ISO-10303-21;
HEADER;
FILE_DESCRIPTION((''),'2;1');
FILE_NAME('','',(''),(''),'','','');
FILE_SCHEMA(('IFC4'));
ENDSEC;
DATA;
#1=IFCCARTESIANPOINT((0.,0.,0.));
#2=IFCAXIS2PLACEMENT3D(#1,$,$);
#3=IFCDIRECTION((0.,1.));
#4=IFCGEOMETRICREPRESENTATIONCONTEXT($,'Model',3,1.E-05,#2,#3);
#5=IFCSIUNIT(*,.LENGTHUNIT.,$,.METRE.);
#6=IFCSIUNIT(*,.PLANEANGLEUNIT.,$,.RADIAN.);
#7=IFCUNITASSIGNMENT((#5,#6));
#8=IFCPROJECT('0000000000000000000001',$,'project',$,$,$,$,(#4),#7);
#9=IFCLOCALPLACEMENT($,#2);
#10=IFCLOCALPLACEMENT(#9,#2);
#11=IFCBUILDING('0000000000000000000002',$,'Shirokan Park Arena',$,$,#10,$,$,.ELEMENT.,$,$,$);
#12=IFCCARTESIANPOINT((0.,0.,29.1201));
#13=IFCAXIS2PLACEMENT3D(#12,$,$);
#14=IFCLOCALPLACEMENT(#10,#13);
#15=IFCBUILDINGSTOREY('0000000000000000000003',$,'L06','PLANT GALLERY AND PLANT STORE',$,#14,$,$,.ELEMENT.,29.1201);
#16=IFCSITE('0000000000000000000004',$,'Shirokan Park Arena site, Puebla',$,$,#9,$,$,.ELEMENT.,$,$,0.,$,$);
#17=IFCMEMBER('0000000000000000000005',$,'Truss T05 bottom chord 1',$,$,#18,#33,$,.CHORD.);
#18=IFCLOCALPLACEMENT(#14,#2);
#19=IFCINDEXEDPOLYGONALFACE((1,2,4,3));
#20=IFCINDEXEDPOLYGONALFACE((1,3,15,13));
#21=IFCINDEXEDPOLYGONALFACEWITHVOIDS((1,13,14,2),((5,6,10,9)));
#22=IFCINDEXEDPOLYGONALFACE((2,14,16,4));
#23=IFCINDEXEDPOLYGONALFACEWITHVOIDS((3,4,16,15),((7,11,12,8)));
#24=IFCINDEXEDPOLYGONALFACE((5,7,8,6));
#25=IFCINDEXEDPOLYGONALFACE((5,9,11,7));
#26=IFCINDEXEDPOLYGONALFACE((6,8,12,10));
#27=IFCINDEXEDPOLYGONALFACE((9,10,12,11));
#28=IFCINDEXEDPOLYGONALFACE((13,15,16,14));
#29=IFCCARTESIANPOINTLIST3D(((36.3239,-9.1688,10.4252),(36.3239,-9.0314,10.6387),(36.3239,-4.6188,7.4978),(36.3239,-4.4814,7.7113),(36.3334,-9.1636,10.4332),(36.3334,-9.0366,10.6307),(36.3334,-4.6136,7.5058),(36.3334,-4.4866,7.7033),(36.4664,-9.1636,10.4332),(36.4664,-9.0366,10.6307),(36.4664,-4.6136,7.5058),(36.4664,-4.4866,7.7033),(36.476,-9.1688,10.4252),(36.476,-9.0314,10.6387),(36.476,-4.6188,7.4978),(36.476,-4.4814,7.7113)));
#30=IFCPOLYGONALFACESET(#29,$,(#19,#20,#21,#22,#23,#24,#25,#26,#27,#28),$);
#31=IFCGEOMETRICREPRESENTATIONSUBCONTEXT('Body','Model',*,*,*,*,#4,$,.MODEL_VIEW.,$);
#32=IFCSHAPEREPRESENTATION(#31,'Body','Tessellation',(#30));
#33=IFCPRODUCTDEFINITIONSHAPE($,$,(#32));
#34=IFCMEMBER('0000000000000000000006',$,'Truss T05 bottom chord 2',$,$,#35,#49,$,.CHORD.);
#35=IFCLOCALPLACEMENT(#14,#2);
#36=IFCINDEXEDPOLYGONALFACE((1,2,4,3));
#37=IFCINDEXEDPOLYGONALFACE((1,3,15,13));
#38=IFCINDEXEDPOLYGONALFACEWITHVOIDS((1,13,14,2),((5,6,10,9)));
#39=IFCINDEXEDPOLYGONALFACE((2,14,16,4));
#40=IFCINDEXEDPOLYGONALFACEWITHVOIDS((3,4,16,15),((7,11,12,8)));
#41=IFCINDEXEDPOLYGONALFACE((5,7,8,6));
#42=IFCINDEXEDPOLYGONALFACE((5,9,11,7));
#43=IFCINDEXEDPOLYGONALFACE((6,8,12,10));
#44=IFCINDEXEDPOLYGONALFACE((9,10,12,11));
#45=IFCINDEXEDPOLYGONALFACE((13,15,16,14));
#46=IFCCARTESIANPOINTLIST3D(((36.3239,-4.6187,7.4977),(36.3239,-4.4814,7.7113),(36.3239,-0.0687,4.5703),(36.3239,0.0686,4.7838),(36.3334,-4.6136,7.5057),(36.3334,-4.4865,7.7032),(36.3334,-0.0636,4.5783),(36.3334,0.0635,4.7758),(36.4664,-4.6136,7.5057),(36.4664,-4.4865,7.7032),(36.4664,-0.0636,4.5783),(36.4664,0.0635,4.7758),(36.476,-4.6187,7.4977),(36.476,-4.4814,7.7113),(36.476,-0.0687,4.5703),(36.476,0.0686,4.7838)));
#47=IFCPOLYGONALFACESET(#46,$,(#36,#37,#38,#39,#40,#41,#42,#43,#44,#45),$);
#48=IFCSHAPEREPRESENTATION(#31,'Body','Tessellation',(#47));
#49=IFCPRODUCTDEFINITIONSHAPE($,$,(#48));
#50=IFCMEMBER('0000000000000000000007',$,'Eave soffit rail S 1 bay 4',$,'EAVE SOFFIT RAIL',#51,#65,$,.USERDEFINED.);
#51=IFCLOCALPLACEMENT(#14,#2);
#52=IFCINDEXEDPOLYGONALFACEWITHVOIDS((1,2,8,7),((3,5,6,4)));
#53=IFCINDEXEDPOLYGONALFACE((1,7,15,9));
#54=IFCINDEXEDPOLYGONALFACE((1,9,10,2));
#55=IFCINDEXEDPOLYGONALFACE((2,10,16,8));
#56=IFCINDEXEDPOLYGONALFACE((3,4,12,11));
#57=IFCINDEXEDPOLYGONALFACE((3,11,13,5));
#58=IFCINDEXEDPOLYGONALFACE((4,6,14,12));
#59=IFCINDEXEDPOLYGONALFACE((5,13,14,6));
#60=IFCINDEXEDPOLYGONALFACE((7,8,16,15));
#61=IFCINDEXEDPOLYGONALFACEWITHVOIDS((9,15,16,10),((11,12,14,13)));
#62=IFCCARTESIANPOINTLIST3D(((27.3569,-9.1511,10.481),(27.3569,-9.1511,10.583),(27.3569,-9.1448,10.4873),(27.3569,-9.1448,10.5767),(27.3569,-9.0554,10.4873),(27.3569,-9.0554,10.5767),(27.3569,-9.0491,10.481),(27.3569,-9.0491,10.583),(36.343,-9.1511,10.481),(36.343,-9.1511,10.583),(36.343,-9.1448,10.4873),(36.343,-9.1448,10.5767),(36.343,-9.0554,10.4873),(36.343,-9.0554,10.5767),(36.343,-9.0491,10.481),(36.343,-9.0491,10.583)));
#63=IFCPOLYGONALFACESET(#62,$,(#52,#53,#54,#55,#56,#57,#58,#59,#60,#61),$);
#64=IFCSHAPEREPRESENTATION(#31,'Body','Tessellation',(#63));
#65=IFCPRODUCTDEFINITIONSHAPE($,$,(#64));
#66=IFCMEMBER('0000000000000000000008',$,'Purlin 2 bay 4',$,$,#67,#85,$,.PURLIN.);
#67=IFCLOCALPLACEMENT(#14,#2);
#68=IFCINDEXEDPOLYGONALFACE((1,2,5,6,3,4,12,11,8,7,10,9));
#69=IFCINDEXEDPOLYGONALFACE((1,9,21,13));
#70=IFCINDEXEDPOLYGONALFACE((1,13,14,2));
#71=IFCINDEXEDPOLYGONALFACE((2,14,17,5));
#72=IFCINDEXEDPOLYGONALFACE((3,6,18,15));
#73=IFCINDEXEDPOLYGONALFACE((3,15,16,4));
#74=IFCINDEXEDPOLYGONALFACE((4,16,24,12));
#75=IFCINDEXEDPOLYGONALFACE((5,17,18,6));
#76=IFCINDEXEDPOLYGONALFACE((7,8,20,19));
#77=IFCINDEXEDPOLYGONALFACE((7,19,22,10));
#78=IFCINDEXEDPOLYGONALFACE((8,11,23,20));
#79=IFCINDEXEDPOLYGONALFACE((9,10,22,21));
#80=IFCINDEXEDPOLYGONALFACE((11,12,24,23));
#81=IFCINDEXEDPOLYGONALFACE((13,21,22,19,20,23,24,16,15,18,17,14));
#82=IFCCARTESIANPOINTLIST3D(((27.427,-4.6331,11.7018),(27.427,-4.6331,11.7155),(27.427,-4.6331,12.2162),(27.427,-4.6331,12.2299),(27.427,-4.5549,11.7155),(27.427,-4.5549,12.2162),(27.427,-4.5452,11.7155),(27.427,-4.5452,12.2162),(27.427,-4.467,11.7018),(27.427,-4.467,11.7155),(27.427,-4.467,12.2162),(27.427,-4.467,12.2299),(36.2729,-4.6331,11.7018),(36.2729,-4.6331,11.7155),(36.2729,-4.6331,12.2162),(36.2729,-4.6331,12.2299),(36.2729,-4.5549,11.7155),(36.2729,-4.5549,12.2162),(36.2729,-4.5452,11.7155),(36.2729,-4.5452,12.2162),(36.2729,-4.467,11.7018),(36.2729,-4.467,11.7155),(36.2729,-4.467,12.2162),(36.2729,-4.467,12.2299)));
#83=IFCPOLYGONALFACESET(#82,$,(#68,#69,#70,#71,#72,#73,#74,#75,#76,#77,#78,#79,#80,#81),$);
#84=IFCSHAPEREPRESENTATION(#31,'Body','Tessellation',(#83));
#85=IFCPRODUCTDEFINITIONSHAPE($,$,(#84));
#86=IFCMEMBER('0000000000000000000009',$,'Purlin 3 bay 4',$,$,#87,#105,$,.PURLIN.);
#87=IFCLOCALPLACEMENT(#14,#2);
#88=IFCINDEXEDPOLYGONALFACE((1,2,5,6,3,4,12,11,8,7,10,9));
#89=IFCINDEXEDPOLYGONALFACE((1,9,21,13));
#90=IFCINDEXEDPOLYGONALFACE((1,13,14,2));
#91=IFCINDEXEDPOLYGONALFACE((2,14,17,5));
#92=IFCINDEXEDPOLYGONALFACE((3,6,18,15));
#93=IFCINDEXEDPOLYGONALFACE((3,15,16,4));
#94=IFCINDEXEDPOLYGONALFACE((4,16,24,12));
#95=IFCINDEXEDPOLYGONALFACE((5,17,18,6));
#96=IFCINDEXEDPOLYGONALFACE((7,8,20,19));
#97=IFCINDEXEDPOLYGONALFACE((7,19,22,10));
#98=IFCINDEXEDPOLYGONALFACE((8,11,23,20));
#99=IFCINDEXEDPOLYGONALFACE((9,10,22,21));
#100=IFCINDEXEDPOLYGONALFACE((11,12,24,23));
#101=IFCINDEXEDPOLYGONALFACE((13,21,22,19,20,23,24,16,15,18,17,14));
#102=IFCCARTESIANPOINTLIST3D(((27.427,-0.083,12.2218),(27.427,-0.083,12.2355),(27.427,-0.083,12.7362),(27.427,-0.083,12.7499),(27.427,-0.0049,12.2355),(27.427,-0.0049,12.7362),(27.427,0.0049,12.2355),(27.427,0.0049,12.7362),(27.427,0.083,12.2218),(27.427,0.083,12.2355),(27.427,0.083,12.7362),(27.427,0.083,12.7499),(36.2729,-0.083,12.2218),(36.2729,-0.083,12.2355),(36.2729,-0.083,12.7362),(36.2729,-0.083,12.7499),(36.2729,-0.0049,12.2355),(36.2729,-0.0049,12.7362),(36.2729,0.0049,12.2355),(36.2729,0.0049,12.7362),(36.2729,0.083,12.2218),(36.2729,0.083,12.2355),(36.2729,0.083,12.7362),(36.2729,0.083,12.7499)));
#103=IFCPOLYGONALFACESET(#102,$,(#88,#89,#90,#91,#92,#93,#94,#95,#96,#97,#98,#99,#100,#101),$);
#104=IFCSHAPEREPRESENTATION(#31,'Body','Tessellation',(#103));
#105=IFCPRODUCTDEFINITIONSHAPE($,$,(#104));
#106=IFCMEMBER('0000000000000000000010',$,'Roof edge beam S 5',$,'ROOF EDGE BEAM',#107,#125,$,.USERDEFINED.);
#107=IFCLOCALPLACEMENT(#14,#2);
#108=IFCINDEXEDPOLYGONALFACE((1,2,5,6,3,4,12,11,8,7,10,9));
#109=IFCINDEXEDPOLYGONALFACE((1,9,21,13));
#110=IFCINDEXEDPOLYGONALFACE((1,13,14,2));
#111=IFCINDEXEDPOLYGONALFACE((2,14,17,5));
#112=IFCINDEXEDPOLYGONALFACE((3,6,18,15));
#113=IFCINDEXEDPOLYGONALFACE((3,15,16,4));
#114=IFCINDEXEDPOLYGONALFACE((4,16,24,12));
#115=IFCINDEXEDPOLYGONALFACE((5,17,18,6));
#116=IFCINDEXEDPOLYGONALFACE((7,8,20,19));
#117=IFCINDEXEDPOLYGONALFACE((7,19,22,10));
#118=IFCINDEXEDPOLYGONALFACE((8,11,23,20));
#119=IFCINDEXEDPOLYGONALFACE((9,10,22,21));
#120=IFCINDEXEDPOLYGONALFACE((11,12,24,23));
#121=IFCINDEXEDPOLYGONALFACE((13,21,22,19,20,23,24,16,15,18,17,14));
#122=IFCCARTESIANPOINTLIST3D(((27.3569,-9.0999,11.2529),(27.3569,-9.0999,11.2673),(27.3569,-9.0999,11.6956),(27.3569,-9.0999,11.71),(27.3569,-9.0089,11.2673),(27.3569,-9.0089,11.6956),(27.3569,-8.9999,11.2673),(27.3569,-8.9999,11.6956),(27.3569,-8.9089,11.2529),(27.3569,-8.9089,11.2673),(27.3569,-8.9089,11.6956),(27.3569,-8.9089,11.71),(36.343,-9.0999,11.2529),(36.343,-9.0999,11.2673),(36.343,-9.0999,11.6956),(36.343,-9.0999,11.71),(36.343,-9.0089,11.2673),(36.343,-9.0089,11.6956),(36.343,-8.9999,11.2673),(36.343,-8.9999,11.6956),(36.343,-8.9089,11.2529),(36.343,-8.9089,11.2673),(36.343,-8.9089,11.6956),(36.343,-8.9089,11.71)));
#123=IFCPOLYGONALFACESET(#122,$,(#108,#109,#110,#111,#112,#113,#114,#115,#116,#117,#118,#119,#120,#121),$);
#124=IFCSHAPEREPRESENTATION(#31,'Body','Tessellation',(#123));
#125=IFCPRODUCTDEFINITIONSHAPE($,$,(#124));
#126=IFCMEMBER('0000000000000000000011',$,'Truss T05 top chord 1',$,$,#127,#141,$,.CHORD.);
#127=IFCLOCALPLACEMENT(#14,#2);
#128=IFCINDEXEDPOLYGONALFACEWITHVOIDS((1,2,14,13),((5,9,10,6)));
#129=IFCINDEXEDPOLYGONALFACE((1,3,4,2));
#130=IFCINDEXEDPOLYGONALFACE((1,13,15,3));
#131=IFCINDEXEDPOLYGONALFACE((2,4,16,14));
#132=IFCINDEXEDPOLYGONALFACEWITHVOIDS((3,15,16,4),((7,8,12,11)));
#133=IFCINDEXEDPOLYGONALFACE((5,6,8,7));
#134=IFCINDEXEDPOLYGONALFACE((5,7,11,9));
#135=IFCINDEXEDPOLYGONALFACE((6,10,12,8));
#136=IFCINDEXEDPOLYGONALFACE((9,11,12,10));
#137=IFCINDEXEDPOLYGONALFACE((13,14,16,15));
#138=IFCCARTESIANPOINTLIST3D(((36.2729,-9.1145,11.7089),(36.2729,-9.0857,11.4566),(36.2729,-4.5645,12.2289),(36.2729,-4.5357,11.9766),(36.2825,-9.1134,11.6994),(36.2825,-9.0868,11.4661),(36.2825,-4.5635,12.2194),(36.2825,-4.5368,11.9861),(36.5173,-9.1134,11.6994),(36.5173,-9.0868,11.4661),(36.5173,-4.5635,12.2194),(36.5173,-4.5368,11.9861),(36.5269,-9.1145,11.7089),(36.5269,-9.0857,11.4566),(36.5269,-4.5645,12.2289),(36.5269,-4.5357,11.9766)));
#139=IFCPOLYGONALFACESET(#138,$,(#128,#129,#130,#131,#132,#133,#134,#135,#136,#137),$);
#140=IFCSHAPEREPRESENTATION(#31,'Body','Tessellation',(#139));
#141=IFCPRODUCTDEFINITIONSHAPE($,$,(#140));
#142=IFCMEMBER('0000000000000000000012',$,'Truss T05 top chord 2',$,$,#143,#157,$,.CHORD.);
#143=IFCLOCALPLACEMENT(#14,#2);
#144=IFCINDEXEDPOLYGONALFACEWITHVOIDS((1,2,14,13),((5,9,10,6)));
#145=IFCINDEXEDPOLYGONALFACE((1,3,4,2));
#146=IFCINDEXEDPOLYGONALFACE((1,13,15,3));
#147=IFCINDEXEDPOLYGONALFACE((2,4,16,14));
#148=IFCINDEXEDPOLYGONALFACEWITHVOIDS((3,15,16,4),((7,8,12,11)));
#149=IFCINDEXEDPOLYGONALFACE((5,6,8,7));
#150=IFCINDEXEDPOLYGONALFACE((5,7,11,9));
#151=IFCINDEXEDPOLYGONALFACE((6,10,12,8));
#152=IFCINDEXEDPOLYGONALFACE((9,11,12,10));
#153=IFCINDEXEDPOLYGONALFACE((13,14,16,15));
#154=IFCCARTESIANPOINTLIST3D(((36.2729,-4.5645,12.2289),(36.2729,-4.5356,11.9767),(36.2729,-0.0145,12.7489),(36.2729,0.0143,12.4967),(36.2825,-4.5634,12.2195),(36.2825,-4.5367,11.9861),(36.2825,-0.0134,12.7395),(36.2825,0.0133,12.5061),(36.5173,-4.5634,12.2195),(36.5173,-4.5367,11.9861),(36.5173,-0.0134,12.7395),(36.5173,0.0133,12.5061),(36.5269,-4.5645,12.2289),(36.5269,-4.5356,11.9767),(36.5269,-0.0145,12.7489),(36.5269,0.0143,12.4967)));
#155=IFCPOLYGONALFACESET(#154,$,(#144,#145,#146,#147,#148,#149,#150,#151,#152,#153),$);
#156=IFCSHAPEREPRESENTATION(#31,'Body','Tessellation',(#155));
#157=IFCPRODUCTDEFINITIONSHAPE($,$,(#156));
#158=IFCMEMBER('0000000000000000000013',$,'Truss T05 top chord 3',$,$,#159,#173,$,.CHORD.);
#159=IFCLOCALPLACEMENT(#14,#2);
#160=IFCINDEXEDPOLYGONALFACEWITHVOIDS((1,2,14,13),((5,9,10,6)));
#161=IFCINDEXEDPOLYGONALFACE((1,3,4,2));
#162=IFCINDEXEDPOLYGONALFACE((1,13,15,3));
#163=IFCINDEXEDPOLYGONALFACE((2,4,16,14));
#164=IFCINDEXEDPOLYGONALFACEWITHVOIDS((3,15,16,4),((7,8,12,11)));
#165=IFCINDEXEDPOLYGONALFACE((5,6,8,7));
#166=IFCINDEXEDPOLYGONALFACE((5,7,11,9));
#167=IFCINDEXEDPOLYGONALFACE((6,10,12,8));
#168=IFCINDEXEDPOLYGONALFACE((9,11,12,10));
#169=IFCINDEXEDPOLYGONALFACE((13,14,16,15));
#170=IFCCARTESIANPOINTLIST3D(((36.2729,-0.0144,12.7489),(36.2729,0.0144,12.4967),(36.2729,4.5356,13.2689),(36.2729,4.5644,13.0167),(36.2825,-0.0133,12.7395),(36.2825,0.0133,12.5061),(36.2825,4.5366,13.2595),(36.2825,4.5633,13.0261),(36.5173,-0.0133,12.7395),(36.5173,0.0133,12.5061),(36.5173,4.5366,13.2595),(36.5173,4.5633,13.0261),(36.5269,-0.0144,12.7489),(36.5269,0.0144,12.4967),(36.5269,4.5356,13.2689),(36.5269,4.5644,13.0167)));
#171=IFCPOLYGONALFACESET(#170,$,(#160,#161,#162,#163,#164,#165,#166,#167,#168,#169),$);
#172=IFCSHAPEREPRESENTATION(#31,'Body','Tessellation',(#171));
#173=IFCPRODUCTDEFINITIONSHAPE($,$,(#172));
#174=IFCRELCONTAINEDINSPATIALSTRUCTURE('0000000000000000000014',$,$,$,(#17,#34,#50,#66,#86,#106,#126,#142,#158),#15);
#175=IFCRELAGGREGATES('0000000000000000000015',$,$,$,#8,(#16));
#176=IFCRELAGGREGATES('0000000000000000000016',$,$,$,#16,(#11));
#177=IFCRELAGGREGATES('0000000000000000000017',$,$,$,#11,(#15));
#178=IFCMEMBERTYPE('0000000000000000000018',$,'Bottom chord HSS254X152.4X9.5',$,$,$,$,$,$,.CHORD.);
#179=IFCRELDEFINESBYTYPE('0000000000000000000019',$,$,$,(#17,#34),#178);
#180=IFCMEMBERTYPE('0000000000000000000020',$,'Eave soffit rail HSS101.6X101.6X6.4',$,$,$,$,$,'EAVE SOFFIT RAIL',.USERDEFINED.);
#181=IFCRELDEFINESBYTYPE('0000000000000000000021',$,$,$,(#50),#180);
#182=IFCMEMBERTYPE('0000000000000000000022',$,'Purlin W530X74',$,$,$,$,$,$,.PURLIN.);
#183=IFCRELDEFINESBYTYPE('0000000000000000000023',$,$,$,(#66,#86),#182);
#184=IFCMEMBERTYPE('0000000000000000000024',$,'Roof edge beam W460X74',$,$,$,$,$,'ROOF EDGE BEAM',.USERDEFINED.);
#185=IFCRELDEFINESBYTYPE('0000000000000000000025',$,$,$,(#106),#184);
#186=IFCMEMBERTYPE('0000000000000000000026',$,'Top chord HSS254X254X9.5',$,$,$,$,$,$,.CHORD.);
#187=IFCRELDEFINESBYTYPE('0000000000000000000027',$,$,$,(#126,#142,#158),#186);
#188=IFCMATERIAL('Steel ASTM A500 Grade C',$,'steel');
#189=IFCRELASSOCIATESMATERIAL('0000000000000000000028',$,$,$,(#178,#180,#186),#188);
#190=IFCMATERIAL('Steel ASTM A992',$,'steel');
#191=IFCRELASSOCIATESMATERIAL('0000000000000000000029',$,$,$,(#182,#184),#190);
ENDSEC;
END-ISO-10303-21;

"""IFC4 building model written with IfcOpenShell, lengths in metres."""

from ifc_helpers import new_model, si_unit, direction, frame, origin, origin_2d, place, context, subcontext, project, spatial, hollow_rectangle, i_section, extrude, material, material_profile, profile_set, type_object, element, save


model = new_model("IFC4")

# Units and contexts
model_context = context("Model", 3, precision=1e-05, world=origin(), true_north=direction((0.0, 1.0)))
body_context = subcontext(model_context, "Body", "Model", "MODEL_VIEW")
ifc_project = project(units=[si_unit("LENGTHUNIT", "METRE"), si_unit("PLANEANGLEUNIT", "RADIAN")], contexts=[model_context])

# Site, building, storey
site_placement = place(None, origin())
site = spatial("IfcSite", under=ifc_project, at=site_placement, Name="Shirokan Park Arena site, Puebla", CompositionType="ELEMENT", RefElevation=0.0)
building_placement = place(site_placement, origin())
building = spatial("IfcBuilding", under=site, at=building_placement, Name="Shirokan Park Arena", CompositionType="ELEMENT")
storey_placement = place(building_placement, frame((0.0, 0.0, 29.1201)))
storey = spatial("IfcBuildingStorey", under=building, at=storey_placement, Name="L06", Description="PLANT GALLERY AND PLANT STORE", CompositionType="ELEMENT", Elevation=29.1201)

# Members
ifc_material_1 = material(Name="Steel ASTM A500 Grade C", Category="steel")
ifc_material_profile_1 = material_profile(ifc_material_1, hollow_rectangle(XDim=0.1521, YDim=0.2539, WallThickness=0.0095, at=origin_2d()), Name="HSS254X152.4X9.5")
ifc_profile_set_1 = profile_set([ifc_material_profile_1], Name="Steel ASTM A500 Grade C")
member_type_1 = type_object("IfcMemberType", Name="Bottom chord HSS254X152.4X9.5", PredefinedType="CHORD", material=ifc_profile_set_1)
for number, where, z_axis, x_axis, name in (
    (1, (36.3999, -9.1001, 10.532), (0.0, 0.840972, -0.541079), (-1.0, 0.0, 0.0), "Truss T05 bottom chord 1"),
    (2, (36.3999, -4.55, 7.6045), (0.0, 0.840972, -0.541079), (-1.0, 0.0, 0.0), "Truss T05 bottom chord 2"),
):
    element("IfcMember", number, at=place(storey_placement, frame(where, z_axis=z_axis, x_axis=x_axis)), inside=storey, type_object=member_type_1, Name=name, PredefinedType="CHORD", context=body_context, shape_type="SweptSolid", body=[
        extrude(hollow_rectangle(XDim=0.1521, YDim=0.2539, WallThickness=0.0095, at=origin_2d()), origin(), (0.0, 0.0, 1.0), 5.4104),
    ])
ifc_material_profile_2 = material_profile(ifc_material_1, hollow_rectangle(XDim=0.1021, YDim=0.1021, WallThickness=0.0063, at=origin_2d()), Name="HSS101.6X101.6X6.4")
ifc_profile_set_2 = profile_set([ifc_material_profile_2], Name="Steel ASTM A500 Grade C")
member_type_2 = type_object("IfcMemberType", Name="Eave soffit rail HSS101.6X101.6X6.4", ElementType="EAVE SOFFIT RAIL", PredefinedType="USERDEFINED", material=ifc_profile_set_2)
member_1_placement = place(storey_placement, frame((27.3569, -9.1001, 10.532), z_axis=(1.0, 0.0, 0.0), x_axis=(0.0, 1.0, 0.0)))
element("IfcMember", 3, at=member_1_placement, inside=storey, type_object=member_type_2, Name="Eave soffit rail S 1 bay 4", ObjectType="EAVE SOFFIT RAIL", PredefinedType="USERDEFINED", context=body_context, shape_type="SweptSolid", body=[
    extrude(hollow_rectangle(XDim=0.1021, YDim=0.1021, WallThickness=0.0063, at=origin_2d()), origin(), (0.0, 0.0, 1.0), 8.9861),
])
ifc_material_2 = material(Name="Steel ASTM A992", Category="steel")
ifc_material_profile_3 = material_profile(ifc_material_2, i_section(OverallWidth=0.166, OverallDepth=0.5281, WebThickness=0.0098, FlangeThickness=0.0137, at=origin_2d()), Name="W530X74")
ifc_profile_set_3 = profile_set([ifc_material_profile_3], Name="Steel ASTM A992")
member_type_3 = type_object("IfcMemberType", Name="Purlin W530X74", PredefinedType="PURLIN", material=ifc_profile_set_3)
for number, where, z_axis, x_axis, name in (
    (4, (27.427, -4.55, 11.9658), (1.0, 0.0, 0.0), (0.0, 1.0, 0.0), "Purlin 2 bay 4"),
    (5, (27.427, 0.0, 12.4858), (1.0, 0.0, 0.0), (0.0, 1.0, 0.0), "Purlin 3 bay 4"),
):
    element("IfcMember", number, at=place(storey_placement, frame(where, z_axis=z_axis, x_axis=x_axis)), inside=storey, type_object=member_type_3, Name=name, PredefinedType="PURLIN", context=body_context, shape_type="SweptSolid", body=[
        extrude(i_section(OverallWidth=0.166, OverallDepth=0.5281, WebThickness=0.0098, FlangeThickness=0.0137, at=origin_2d()), origin(), (0.0, 0.0, 1.0), 8.8459),
    ])
ifc_material_profile_4 = material_profile(ifc_material_2, i_section(OverallWidth=0.1909, OverallDepth=0.457, WebThickness=0.009, FlangeThickness=0.0144, at=origin_2d()), Name="W460X74")
ifc_profile_set_4 = profile_set([ifc_material_profile_4], Name="Steel ASTM A992")
member_type_4 = type_object("IfcMemberType", Name="Roof edge beam W460X74", ElementType="ROOF EDGE BEAM", PredefinedType="USERDEFINED", material=ifc_profile_set_4)
member_2_placement = place(storey_placement, frame((27.3569, -9.0044, 11.4814), z_axis=(1.0, 0.0, 0.0), x_axis=(0.0, 1.0, 0.0)))
element("IfcMember", 6, at=member_2_placement, inside=storey, type_object=member_type_4, Name="Roof edge beam S 5", ObjectType="ROOF EDGE BEAM", PredefinedType="USERDEFINED", context=body_context, shape_type="SweptSolid", body=[
    extrude(i_section(OverallWidth=0.1909, OverallDepth=0.457, WebThickness=0.009, FlangeThickness=0.0144, at=origin_2d()), origin(), (0.0, 0.0, 1.0), 8.9861),
])
ifc_material_profile_5 = material_profile(ifc_material_1, hollow_rectangle(XDim=0.2539, YDim=0.2539, WallThickness=0.0095, at=origin_2d()), Name="HSS254X254X9.5")
ifc_profile_set_5 = profile_set([ifc_material_profile_5], Name="Steel ASTM A500 Grade C")
member_type_5 = type_object("IfcMemberType", Name="Top chord HSS254X254X9.5", PredefinedType="CHORD", material=ifc_profile_set_5)
for number, where, z_axis, x_axis, name in (
    (7, (36.3999, -9.1001, 11.5828), (0.0, 0.993532, 0.11355), (-1.0, 0.0, 0.0), "Truss T05 top chord 1"),
    (8, (36.3999, -4.55, 12.1028), (0.0, 0.993532, 0.11355), (-1.0, 0.0, 0.0), "Truss T05 top chord 2"),
    (9, (36.3999, 0.0, 12.6228), (0.0, 0.993532, 0.11355), (-1.0, 0.0, 0.0), "Truss T05 top chord 3"),
):
    element("IfcMember", number, at=place(storey_placement, frame(where, z_axis=z_axis, x_axis=x_axis)), inside=storey, type_object=member_type_5, Name=name, PredefinedType="CHORD", context=body_context, shape_type="SweptSolid", body=[
        extrude(hollow_rectangle(XDim=0.2539, YDim=0.2539, WallThickness=0.0095, at=origin_2d()), origin(), (0.0, 0.0, 1.0), 4.5796),
    ])

save(model, "model.ifc")
